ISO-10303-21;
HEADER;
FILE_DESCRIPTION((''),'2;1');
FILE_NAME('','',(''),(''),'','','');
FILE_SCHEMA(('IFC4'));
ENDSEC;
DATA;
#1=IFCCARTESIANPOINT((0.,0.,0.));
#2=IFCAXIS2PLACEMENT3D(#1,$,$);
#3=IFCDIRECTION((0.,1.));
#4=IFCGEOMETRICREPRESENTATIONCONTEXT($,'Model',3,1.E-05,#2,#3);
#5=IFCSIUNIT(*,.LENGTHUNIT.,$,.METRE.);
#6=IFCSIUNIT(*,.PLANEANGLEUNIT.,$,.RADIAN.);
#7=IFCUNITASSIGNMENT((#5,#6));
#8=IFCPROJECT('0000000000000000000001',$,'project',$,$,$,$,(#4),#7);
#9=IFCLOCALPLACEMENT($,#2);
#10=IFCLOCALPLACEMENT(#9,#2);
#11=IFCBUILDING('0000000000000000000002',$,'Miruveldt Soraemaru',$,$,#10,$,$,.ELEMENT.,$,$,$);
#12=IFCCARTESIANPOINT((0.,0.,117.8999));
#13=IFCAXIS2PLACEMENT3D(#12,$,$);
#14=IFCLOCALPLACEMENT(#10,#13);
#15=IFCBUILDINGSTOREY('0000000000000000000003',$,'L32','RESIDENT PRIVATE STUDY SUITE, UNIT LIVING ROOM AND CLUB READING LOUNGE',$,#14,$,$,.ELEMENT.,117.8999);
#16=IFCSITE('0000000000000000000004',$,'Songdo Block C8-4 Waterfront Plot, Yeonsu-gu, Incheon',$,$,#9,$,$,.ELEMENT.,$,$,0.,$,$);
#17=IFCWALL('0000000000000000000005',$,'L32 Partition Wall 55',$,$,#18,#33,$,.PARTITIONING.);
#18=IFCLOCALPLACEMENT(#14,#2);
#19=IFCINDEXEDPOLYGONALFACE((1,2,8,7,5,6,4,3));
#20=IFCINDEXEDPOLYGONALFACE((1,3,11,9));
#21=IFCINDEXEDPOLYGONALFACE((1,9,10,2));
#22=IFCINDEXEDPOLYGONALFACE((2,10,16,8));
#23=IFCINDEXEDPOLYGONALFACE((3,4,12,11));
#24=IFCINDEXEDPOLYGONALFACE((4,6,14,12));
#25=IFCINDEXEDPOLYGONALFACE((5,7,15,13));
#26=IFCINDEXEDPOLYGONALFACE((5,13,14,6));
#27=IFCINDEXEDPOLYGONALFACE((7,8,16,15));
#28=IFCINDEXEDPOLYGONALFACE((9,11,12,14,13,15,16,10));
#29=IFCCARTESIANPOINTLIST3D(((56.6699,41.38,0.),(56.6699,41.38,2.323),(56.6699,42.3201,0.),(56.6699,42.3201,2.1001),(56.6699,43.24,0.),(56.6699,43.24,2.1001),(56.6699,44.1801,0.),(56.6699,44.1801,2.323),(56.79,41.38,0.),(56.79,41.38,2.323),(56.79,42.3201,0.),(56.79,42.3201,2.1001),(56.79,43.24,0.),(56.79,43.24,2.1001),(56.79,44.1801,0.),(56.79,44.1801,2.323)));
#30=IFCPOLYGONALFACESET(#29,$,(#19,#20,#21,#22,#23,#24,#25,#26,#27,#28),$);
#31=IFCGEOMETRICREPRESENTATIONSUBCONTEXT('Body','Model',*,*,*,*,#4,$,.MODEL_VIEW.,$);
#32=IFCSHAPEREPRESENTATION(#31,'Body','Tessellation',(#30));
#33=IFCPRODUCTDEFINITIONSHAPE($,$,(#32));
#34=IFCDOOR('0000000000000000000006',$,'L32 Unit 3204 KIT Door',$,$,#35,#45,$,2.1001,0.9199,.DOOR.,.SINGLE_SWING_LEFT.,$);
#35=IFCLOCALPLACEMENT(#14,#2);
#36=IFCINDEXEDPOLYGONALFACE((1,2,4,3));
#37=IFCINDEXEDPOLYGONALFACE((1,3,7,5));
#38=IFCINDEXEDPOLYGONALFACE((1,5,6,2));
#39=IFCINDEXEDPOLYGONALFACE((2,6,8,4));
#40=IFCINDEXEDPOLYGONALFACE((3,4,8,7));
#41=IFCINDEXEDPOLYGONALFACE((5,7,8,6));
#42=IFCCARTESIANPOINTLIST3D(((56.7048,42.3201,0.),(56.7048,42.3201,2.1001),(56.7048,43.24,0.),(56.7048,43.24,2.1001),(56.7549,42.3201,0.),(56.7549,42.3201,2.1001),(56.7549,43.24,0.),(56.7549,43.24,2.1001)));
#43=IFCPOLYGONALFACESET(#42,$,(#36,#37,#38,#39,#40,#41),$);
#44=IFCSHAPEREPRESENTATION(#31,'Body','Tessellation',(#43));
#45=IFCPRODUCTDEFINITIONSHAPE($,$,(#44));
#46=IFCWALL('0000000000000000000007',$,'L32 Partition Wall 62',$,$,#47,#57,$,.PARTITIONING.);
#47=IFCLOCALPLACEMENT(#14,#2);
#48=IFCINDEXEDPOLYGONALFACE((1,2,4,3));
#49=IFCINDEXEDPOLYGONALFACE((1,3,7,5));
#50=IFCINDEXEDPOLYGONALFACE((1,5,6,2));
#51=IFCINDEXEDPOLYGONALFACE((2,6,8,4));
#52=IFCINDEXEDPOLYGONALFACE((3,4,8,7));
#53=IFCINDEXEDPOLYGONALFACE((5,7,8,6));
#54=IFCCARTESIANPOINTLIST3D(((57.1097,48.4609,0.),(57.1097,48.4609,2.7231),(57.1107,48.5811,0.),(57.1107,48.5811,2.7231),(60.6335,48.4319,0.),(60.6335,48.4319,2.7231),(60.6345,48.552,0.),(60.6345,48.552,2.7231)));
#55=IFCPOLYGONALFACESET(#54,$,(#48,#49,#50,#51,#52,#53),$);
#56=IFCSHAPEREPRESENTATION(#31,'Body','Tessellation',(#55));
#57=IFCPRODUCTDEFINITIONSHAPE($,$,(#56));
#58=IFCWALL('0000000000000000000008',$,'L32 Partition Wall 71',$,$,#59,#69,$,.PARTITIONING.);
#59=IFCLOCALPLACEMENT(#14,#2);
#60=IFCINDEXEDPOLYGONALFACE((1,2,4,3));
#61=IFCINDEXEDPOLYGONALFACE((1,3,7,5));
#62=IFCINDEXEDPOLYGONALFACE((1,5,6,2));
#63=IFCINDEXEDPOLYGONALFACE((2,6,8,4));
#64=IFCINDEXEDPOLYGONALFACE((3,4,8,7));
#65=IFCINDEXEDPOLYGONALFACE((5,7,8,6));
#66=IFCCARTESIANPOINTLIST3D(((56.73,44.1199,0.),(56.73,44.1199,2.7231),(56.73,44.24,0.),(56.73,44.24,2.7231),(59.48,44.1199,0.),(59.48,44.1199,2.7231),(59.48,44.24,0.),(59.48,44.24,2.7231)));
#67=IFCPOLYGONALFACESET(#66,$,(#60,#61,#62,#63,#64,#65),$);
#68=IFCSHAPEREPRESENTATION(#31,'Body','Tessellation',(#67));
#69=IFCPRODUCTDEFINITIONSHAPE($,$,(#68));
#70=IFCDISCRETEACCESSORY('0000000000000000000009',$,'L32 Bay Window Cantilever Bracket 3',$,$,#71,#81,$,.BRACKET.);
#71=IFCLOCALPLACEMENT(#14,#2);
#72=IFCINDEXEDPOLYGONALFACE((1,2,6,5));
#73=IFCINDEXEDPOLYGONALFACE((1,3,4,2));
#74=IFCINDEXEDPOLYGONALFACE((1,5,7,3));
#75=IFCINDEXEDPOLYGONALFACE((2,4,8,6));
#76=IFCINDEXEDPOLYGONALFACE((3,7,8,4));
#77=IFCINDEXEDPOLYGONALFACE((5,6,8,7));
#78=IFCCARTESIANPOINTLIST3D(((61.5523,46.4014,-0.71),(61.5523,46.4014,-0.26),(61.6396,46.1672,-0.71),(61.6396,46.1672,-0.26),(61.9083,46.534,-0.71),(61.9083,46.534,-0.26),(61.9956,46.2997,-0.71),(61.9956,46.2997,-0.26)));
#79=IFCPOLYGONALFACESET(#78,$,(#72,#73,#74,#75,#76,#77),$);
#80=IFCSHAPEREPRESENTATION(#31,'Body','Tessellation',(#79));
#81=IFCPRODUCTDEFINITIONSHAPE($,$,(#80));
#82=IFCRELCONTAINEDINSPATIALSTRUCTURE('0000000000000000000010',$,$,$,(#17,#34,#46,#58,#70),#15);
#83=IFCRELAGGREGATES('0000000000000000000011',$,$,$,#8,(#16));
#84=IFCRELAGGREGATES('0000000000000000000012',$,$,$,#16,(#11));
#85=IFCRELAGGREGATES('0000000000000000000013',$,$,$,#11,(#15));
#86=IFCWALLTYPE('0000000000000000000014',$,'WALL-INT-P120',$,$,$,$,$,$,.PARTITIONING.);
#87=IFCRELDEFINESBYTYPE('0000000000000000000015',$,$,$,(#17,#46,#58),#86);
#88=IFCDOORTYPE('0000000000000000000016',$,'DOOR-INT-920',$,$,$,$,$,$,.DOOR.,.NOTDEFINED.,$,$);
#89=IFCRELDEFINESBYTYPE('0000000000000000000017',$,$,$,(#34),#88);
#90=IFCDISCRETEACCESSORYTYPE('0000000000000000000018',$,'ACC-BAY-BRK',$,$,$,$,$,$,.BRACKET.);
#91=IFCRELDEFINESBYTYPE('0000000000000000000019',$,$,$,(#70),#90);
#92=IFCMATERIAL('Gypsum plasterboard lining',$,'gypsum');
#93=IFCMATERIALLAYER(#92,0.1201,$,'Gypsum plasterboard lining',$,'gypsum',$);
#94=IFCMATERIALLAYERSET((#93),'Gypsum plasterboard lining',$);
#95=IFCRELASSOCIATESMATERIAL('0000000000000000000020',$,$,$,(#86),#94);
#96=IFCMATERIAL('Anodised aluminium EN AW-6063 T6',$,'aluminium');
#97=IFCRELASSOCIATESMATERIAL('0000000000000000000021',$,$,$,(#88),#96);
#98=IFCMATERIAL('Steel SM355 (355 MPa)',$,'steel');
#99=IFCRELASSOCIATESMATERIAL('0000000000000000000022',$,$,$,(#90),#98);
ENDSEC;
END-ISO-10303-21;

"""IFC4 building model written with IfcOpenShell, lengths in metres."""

from ifc_helpers import new_model, si_unit, direction, frame, frame_2d, origin, origin_2d, place, context, subcontext, project, spatial, rectangle, extrude, material, layer, layer_set, type_object, element, fill, save


model = new_model("IFC4")

# Units and contexts
model_context = context("Model", 3, precision=1e-05, world=origin(), true_north=direction((0.0, 1.0)))
body_context = subcontext(model_context, "Body", "Model", "MODEL_VIEW")
ifc_project = project(units=[si_unit("LENGTHUNIT", "METRE"), si_unit("PLANEANGLEUNIT", "RADIAN")], contexts=[model_context])

# Site, building, storey
site_placement = place(None, origin())
site = spatial("IfcSite", under=ifc_project, at=site_placement, Name="Songdo Block C8-4 Waterfront Plot, Yeonsu-gu, Incheon", CompositionType="ELEMENT", RefElevation=0.0)
building_placement = place(site_placement, origin())
building = spatial("IfcBuilding", under=site, at=building_placement, Name="Miruveldt Soraemaru", CompositionType="ELEMENT")
storey_placement = place(building_placement, frame((0.0, 0.0, 117.8999)))
storey = spatial("IfcBuildingStorey", under=building, at=storey_placement, Name="L32", Description="RESIDENT PRIVATE STUDY SUITE, UNIT LIVING ROOM AND CLUB READING LOUNGE", CompositionType="ELEMENT", Elevation=117.8999)

# Shared definitions
ifc_material_1 = material(Name="Steel SM355 (355 MPa)", Category="steel")

# Wall, opening, door
ifc_material_2 = material(Name="Gypsum plasterboard lining", Category="gypsum")
ifc_layer_1 = layer(ifc_material_2, 0.1201, Name="Gypsum plasterboard lining", Category="gypsum")
ifc_layer_set_1 = layer_set([ifc_layer_1], Name="Gypsum plasterboard lining")
wall_type_1 = type_object("IfcWallType", Name="WALL-INT-P120", PredefinedType="PARTITIONING", material=ifc_layer_set_1)
ifc_material_3 = material(Name="Anodised aluminium EN AW-6063 T6", Category="aluminium")
door_type = type_object("IfcDoorType", Name="DOOR-INT-920", OperationType="NOTDEFINED", PredefinedType="DOOR", material=ifc_material_3)
wall_1_placement = place(storey_placement, frame((56.73, 44.1799, 0.0), z_axis=(0.0, 0.0, 1.0), x_axis=(0.0, -1.0, 0.0)))
wall_1 = element("IfcWall", 1, at=wall_1_placement, inside=storey, type_object=wall_type_1, Name="L32 Partition Wall 55", PredefinedType="PARTITIONING", context=body_context, shape_type="SweptSolid", body=[
    extrude(rectangle(XDim=2.8, YDim=0.1201, at=frame_2d((1.3999, 0.0))), origin(), (0.0, 0.0, 1.0), 2.323),
])
opening_1_placement = place(wall_1_placement, frame((0.9399, 0.0, 0.0)))
opening_1 = element("IfcOpeningElement", 2, at=opening_1_placement, cuts=wall_1, PredefinedType="OPENING", context=body_context, shape_type="SweptSolid", body=[
    extrude(rectangle(XDim=0.9199, YDim=2.1001, at=frame_2d((0.46, 1.05))), frame((0.0, 0.0701, 0.0), z_axis=(0.0, -1.0, 0.0), x_axis=(1.0, 0.0, 0.0)), (0.0, 0.0, 1.0), 0.1401),
])
door_1_placement = place(opening_1_placement, origin())
door_1 = element("IfcDoor", 3, at=door_1_placement, inside=storey, type_object=door_type, Name="L32 Unit 3204 KIT Door", OperationType="SINGLE_SWING_LEFT", OverallHeight=2.1001, OverallWidth=0.9199, PredefinedType="DOOR", context=body_context, shape_type="SweptSolid", body=[
    extrude(rectangle(XDim=0.9199, YDim=2.1001, at=frame_2d((0.46, 1.05))), frame((0.0, 0.0249, 0.0), z_axis=(0.0, -1.0, 0.0), x_axis=(1.0, 0.0, 0.0)), (0.0, 0.0, 1.0), 0.05),
])
fill(opening_1, door_1)

# Walls
wall_2_placement = place(storey_placement, frame((60.634, 48.4919, 0.0), z_axis=(0.0, 0.0, 1.0), x_axis=(-0.999966, 0.008244, 0.0)))
element("IfcWall", 4, at=wall_2_placement, inside=storey, type_object=wall_type_1, Name="L32 Partition Wall 62", PredefinedType="PARTITIONING", context=body_context, shape_type="SweptSolid", body=[
    extrude(rectangle(XDim=3.5239, YDim=0.1201, at=frame_2d((1.762, 0.0))), origin(), (0.0, 0.0, 1.0), 2.7231),
])
wall_3_placement = place(storey_placement, frame((59.48, 44.1799, 0.0), z_axis=(0.0, 0.0, 1.0), x_axis=(-1.0, 0.0, 0.0)))
element("IfcWall", 5, at=wall_3_placement, inside=storey, type_object=wall_type_1, Name="L32 Partition Wall 71", PredefinedType="PARTITIONING", context=body_context, shape_type="SweptSolid", body=[
    extrude(rectangle(XDim=2.75, YDim=0.1201, at=frame_2d((1.375, 0.0))), origin(), (0.0, 0.0, 1.0), 2.7231),
])

# Discrete accessory
discrete_accessory_type = type_object("IfcDiscreteAccessoryType", Name="ACC-BAY-BRK", PredefinedType="BRACKET", material=ifc_material_1)
discrete_accessory_placement = place(storey_placement, frame((61.7739, 46.3506, -0.71), z_axis=(0.0, 0.0, 1.0), x_axis=(0.937112, 0.34903, 0.0)))
element("IfcDiscreteAccessory", 6, at=discrete_accessory_placement, inside=storey, type_object=discrete_accessory_type, Name="L32 Bay Window Cantilever Bracket 3", PredefinedType="BRACKET", context=body_context, shape_type="SweptSolid", body=[
    extrude(rectangle(XDim=0.3799, YDim=0.25, at=origin_2d()), origin(), (0.0, 0.0, 1.0), 0.45),
])

save(model, "model.ifc")
